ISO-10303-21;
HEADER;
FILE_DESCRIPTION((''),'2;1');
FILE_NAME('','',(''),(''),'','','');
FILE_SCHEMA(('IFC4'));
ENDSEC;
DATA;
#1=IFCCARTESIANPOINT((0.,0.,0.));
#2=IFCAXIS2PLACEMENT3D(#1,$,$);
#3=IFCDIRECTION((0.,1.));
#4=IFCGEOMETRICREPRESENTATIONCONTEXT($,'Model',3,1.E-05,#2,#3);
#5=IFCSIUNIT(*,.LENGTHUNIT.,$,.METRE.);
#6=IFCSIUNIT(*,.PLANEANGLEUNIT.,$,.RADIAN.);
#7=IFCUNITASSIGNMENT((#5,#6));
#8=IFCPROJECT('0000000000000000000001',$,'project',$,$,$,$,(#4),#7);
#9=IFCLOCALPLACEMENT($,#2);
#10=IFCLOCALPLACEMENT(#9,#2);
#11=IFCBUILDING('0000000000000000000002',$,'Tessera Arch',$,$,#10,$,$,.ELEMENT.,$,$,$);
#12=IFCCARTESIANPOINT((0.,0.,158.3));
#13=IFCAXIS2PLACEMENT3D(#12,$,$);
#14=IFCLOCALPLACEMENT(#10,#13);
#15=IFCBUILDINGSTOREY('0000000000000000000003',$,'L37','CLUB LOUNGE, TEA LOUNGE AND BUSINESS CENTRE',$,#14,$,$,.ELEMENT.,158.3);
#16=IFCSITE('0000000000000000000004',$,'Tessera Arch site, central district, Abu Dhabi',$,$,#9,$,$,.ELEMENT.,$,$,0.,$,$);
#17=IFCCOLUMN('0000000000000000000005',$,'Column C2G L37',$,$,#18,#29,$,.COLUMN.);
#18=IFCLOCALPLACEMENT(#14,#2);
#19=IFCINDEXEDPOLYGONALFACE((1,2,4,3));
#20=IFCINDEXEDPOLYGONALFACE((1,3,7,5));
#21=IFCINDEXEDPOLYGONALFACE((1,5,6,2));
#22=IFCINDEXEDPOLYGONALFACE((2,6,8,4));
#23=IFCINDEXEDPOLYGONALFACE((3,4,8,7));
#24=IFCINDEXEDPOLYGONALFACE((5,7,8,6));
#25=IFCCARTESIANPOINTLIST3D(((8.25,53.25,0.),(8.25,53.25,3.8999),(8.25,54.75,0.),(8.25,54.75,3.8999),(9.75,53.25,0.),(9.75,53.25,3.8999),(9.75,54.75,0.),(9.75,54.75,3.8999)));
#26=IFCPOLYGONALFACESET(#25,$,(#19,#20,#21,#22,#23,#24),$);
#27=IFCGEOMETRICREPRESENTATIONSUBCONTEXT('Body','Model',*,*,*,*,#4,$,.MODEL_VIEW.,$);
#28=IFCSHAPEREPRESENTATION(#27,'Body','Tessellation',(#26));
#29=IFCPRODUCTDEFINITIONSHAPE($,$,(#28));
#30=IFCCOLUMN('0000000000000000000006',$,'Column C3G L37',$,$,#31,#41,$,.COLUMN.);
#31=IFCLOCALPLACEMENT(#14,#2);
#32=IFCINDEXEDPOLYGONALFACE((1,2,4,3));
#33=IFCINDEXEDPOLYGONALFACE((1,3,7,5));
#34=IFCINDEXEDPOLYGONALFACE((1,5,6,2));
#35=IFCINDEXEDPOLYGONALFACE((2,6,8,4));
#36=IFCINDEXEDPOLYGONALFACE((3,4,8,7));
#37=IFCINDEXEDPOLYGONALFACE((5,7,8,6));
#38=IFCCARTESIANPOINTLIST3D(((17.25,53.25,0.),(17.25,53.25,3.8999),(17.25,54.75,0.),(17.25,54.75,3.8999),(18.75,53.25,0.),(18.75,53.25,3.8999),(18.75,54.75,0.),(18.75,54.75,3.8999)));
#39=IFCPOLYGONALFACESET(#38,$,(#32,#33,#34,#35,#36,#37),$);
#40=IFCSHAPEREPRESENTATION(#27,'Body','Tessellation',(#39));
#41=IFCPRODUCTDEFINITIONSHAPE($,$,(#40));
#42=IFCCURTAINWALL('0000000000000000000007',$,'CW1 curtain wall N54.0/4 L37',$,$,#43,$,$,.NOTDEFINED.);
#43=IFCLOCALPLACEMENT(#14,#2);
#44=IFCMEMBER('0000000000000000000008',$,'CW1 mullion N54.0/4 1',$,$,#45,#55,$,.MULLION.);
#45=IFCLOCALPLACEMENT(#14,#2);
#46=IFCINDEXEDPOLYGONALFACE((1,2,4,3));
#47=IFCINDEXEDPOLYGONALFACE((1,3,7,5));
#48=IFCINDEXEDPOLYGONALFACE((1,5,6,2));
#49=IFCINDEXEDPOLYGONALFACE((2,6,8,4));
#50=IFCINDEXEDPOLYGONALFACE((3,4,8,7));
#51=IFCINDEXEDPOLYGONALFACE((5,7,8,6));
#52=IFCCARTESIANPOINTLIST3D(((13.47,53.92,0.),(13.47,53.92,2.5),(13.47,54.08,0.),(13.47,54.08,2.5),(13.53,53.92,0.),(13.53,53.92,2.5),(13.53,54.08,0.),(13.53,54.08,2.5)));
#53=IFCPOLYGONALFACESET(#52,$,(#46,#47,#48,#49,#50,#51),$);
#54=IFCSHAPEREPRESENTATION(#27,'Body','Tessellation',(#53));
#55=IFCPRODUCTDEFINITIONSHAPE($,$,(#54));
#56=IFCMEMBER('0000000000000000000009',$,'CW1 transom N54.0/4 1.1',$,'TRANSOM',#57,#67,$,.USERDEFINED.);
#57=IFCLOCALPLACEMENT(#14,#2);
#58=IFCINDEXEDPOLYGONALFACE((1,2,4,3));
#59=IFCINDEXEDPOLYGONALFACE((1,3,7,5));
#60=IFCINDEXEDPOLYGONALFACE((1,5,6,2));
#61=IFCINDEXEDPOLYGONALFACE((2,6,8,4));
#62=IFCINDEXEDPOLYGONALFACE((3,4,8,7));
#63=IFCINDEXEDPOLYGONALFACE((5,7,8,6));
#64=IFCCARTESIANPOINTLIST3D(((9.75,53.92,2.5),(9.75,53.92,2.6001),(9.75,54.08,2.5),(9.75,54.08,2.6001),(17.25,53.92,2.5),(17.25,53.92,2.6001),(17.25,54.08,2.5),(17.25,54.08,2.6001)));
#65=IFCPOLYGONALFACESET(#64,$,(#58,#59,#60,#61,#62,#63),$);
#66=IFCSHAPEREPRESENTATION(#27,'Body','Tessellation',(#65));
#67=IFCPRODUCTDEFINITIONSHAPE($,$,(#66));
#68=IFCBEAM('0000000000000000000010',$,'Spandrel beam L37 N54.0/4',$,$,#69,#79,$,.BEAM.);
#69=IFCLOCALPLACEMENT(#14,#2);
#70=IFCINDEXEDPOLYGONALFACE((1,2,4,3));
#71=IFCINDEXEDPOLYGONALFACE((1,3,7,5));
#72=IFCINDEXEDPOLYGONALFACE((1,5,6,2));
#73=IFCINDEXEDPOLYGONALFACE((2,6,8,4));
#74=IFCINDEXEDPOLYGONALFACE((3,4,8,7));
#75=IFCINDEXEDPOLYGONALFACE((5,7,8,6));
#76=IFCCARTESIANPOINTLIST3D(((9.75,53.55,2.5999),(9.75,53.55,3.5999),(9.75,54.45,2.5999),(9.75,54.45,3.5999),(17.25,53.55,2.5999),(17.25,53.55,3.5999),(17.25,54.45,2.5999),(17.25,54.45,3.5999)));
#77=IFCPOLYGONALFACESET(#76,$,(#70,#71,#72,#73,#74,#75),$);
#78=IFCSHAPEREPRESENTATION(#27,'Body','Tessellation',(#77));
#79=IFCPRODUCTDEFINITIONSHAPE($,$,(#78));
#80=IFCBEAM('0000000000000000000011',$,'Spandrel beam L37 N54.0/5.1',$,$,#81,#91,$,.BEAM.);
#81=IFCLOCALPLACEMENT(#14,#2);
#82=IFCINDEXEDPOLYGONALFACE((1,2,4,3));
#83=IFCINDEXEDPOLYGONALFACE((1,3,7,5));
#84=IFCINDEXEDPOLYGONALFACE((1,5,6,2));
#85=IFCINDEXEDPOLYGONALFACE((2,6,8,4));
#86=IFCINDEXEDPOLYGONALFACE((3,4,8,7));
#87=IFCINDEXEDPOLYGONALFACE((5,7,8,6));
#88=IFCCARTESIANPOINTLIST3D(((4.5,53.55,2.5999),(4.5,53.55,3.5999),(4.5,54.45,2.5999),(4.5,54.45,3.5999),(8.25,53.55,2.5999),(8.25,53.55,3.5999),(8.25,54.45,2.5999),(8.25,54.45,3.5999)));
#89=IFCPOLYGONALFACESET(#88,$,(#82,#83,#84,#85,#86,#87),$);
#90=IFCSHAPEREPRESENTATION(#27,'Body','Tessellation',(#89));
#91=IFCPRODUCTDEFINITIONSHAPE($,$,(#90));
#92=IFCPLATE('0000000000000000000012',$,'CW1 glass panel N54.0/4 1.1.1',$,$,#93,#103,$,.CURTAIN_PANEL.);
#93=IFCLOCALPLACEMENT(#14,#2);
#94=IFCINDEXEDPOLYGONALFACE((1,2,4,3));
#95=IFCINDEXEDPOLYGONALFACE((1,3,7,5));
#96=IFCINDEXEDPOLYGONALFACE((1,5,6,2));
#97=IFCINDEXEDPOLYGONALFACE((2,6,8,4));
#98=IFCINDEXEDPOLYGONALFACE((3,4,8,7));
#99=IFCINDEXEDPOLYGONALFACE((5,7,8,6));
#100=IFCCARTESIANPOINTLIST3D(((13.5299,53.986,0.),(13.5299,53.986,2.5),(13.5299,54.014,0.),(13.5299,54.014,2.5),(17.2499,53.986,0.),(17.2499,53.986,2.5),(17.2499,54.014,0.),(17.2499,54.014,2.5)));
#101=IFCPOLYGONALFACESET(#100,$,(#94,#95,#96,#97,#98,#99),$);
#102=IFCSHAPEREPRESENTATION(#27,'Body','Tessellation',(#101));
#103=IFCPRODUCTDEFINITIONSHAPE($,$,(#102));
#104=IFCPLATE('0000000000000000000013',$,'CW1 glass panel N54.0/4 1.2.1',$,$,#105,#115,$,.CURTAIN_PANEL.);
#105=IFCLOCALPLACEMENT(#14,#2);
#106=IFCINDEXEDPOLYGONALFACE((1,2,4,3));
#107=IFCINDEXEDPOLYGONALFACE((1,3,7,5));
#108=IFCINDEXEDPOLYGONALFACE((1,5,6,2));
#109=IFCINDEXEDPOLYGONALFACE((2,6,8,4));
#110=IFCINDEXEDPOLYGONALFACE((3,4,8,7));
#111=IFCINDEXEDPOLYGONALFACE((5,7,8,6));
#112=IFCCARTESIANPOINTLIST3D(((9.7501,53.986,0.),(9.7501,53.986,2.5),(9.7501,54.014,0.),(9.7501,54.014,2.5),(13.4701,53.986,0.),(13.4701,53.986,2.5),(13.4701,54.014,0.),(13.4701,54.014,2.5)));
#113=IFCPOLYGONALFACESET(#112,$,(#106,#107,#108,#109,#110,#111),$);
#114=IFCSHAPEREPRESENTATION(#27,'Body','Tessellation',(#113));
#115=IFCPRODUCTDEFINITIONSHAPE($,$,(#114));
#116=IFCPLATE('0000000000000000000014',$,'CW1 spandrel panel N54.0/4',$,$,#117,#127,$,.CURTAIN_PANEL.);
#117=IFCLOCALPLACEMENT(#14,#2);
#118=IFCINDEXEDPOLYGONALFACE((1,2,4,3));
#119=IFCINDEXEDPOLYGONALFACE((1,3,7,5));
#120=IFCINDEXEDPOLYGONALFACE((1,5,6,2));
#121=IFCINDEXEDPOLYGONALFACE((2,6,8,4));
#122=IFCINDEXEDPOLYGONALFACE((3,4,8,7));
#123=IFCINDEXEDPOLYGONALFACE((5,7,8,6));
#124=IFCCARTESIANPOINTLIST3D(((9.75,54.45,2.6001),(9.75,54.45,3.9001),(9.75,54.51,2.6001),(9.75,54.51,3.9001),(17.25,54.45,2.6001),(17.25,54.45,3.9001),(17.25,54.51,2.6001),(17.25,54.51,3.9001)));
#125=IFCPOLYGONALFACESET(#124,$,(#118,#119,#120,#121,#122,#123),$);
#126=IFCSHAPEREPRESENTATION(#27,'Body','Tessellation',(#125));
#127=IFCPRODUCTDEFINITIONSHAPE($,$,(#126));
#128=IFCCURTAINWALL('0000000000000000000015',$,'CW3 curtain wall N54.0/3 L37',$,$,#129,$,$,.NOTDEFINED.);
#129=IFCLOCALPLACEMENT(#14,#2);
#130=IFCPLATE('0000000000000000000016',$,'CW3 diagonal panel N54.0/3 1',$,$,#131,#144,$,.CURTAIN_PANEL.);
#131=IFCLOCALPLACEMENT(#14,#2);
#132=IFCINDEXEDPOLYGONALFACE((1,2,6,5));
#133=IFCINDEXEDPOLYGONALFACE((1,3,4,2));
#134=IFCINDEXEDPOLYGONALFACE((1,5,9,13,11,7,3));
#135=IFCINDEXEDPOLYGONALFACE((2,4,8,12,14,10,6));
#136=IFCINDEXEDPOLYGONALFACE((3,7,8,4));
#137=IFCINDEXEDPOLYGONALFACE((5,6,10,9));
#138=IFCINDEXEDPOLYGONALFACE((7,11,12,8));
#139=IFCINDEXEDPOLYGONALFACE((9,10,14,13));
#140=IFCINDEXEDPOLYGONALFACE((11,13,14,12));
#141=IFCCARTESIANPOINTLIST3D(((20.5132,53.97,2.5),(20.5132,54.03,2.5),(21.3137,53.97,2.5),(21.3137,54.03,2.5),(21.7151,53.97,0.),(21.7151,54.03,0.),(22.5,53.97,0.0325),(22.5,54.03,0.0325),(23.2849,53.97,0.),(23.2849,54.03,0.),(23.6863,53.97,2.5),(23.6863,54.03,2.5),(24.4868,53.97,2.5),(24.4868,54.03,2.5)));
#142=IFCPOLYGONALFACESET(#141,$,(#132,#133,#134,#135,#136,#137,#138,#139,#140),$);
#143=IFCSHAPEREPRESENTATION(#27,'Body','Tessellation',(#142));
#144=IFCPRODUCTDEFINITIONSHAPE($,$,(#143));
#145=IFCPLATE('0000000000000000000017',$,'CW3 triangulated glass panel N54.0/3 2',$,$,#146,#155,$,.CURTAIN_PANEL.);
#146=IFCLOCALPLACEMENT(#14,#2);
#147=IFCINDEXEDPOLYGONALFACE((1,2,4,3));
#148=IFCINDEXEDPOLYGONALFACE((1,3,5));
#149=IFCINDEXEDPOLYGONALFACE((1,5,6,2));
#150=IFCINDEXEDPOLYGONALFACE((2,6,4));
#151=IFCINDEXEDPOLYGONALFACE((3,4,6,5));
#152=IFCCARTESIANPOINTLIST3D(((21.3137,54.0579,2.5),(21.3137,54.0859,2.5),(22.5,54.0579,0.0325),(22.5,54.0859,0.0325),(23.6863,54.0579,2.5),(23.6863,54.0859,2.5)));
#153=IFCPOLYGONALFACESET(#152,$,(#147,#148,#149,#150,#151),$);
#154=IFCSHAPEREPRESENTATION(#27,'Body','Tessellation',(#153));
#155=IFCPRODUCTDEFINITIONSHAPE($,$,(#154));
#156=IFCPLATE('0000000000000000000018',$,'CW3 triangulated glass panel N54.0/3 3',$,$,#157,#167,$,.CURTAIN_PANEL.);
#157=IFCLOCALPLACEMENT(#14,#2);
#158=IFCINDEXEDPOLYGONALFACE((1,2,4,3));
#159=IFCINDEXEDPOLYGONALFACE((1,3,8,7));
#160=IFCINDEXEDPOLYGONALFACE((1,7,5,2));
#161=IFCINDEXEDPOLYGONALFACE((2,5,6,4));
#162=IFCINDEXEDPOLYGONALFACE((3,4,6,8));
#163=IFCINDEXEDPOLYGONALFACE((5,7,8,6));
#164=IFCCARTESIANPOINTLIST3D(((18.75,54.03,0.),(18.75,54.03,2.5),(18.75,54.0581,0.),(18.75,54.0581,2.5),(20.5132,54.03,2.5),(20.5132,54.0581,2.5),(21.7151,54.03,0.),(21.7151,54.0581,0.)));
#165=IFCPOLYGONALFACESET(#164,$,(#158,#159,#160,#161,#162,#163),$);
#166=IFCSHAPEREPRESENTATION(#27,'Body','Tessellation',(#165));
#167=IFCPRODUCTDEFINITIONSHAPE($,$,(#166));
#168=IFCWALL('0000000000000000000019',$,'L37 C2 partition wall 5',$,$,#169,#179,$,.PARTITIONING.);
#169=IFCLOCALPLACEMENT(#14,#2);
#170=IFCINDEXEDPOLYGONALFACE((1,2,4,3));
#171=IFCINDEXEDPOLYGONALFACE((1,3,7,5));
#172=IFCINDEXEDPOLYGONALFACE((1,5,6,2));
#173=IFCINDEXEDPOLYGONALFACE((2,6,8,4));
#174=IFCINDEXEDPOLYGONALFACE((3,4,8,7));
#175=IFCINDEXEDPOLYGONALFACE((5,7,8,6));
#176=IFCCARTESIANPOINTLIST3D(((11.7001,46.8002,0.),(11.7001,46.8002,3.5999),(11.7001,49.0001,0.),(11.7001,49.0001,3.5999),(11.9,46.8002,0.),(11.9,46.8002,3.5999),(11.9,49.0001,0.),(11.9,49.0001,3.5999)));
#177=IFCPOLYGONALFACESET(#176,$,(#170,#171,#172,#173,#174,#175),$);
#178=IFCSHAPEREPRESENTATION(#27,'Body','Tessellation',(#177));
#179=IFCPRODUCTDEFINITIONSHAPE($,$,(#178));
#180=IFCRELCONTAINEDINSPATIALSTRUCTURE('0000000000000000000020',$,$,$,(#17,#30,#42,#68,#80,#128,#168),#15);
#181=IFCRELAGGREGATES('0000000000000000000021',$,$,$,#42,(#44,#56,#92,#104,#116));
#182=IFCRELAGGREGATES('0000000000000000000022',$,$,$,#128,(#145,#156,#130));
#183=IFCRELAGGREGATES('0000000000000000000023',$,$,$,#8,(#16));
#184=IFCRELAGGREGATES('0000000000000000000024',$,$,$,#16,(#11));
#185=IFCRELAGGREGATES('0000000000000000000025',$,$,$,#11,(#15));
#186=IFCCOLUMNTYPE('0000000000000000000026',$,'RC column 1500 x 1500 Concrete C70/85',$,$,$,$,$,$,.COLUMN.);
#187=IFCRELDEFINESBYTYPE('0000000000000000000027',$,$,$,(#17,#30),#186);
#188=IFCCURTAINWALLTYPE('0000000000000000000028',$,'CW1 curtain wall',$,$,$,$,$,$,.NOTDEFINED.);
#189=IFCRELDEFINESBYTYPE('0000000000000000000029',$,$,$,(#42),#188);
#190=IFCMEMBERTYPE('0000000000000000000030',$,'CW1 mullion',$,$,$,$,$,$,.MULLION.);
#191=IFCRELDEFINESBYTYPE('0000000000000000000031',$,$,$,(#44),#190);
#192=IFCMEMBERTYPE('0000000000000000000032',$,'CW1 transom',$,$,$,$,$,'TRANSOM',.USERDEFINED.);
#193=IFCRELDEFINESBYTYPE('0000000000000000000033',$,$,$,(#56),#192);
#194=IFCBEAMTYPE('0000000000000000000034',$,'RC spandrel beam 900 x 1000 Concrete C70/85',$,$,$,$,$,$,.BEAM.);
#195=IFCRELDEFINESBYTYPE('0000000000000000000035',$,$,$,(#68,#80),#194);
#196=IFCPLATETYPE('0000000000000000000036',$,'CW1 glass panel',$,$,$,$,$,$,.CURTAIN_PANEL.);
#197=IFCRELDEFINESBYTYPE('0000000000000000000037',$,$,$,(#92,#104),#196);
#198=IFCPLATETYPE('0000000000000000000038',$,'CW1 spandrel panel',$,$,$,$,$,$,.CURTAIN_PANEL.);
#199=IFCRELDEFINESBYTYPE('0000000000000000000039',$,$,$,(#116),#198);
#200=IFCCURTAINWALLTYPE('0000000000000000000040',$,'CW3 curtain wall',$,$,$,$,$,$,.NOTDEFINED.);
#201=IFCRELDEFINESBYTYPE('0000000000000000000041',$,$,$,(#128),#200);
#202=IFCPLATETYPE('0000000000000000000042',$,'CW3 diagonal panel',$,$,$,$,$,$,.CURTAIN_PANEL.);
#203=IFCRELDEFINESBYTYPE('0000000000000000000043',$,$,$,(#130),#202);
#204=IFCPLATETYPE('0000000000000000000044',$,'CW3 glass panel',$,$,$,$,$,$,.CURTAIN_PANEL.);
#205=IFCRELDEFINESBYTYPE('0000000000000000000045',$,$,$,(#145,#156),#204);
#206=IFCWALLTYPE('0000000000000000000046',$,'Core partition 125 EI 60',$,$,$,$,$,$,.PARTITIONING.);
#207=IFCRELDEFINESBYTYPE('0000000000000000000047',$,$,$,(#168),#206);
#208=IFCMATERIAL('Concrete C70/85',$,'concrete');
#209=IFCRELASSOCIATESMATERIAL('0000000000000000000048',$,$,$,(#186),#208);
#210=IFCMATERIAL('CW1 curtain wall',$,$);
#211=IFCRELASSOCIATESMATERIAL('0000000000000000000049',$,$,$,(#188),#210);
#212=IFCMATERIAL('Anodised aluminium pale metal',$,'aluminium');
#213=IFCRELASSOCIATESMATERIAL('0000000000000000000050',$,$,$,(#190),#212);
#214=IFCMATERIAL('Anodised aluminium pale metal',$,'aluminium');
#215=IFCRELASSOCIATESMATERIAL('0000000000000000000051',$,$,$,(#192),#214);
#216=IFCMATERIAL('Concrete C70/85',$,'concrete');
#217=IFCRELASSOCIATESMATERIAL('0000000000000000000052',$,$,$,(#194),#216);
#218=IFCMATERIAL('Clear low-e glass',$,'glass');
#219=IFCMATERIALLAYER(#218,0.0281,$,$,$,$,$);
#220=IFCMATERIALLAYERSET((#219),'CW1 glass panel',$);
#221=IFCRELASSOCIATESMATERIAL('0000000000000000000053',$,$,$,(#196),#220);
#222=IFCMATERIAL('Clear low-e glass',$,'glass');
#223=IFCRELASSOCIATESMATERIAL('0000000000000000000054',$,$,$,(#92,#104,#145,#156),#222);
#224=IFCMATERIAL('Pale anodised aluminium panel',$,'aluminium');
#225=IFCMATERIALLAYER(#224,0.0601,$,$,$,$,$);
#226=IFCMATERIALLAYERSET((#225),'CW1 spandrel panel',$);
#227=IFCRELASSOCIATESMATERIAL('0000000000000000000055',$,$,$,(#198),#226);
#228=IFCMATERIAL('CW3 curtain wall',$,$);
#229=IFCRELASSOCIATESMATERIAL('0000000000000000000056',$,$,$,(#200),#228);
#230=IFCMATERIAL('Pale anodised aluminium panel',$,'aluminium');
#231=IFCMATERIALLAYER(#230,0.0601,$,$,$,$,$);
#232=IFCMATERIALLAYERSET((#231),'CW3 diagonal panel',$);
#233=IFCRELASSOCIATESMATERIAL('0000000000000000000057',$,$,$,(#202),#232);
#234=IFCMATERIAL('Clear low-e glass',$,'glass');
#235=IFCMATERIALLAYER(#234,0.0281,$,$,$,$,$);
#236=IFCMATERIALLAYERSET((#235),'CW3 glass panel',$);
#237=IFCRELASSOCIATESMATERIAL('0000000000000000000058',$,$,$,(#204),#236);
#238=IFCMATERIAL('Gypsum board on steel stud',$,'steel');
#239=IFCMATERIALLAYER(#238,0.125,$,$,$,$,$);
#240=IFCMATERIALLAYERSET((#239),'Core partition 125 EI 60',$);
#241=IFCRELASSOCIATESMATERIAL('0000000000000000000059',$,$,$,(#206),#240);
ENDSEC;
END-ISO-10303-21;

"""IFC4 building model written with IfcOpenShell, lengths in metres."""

from ifc_helpers import new_model, si_unit, direction, frame, frame_2d, origin, origin_2d, place, context, subcontext, project, spatial, polyline, rectangle, outline, extrude, material, layer, layer_set, material_profile, profile_set, type_object, element, aggregate, save


model = new_model("IFC4")

# Units and contexts
model_context = context("Model", 3, precision=1e-05, world=origin(), true_north=direction((0.0, 1.0)))
body_context = subcontext(model_context, "Body", "Model", "MODEL_VIEW")
ifc_project = project(units=[si_unit("LENGTHUNIT", "METRE"), si_unit("PLANEANGLEUNIT", "RADIAN")], contexts=[model_context])

# Site, building, storey
site_placement = place(None, origin())
site = spatial("IfcSite", under=ifc_project, at=site_placement, Name="Tessera Arch site, central district, Abu Dhabi", CompositionType="ELEMENT", RefElevation=0.0)
building_placement = place(site_placement, origin())
building = spatial("IfcBuilding", under=site, at=building_placement, Name="Tessera Arch", CompositionType="ELEMENT")
storey_placement = place(building_placement, frame((0.0, 0.0, 158.3)))
storey = spatial("IfcBuildingStorey", under=building, at=storey_placement, Name="L37", Description="CLUB LOUNGE, TEA LOUNGE AND BUSINESS CENTRE", CompositionType="ELEMENT", Elevation=158.3)

# Columns
ifc_material_1 = material(Name="Concrete C70/85", Category="concrete")
ifc_material_profile_1 = material_profile(ifc_material_1, rectangle(XDim=1.5, YDim=1.5, at=origin_2d()), Name="RC column 1500 x 1500 Concrete C70/85")
ifc_profile_set_1 = profile_set([ifc_material_profile_1], Name="Concrete C70/85")
column_type = type_object("IfcColumnType", Name="RC column 1500 x 1500 Concrete C70/85", PredefinedType="COLUMN", material=ifc_profile_set_1)
for number, where, z_axis, x_axis, name in (
    (1, (9.0, 54.0, 0.0), (0.0, 0.0, 1.0), (1.0, 0.0, 0.0), "Column C2G L37"),
    (2, (18.0, 54.0, 0.0), (0.0, 0.0, 1.0), (1.0, 0.0, 0.0), "Column C3G L37"),
):
    element("IfcColumn", number, at=place(storey_placement, frame(where, z_axis=z_axis, x_axis=x_axis)), inside=storey, type_object=column_type, Name=name, PredefinedType="COLUMN", context=body_context, shape_type="SweptSolid", body=[
        extrude(rectangle(XDim=1.5, YDim=1.5, at=origin_2d()), origin(), (0.0, 0.0, 1.0), 3.8999),
    ])

# Curtain wall, members
ifc_material_2 = material(Name="CW1 curtain wall")
curtain_wall_type_1 = type_object("IfcCurtainWallType", Name="CW1 curtain wall", PredefinedType="NOTDEFINED", material=ifc_material_2)
curtain_wall_1_placement = place(storey_placement, origin())
curtain_wall_1 = element("IfcCurtainWall", 3, at=curtain_wall_1_placement, inside=storey, type_object=curtain_wall_type_1, Name="CW1 curtain wall N54.0/4 L37", PredefinedType="NOTDEFINED")
ifc_material_3 = material(Name="Anodised aluminium pale metal", Category="aluminium")
ifc_material_profile_2 = material_profile(ifc_material_3, rectangle(XDim=0.1599, YDim=0.0601, at=origin_2d()), Name="AL 60x160")
ifc_profile_set_2 = profile_set([ifc_material_profile_2], Name="Anodised aluminium pale metal")
member_type_1 = type_object("IfcMemberType", Name="CW1 mullion", PredefinedType="MULLION", material=ifc_profile_set_2)
member_1_placement = place(storey_placement, frame((13.5, 54.0, 0.0), z_axis=(0.0, 0.0, 1.0), x_axis=(0.0, -1.0, 0.0)))
member_1 = element("IfcMember", 4, at=member_1_placement, type_object=member_type_1, Name="CW1 mullion N54.0/4 1", PredefinedType="MULLION", context=body_context, shape_type="SweptSolid", body=[
    extrude(rectangle(XDim=0.1599, YDim=0.0601, at=origin_2d()), origin(), (0.0, 0.0, 1.0), 2.5),
])
ifc_material_4 = material(Name="Anodised aluminium pale metal", Category="aluminium")
ifc_material_profile_3 = material_profile(ifc_material_4, rectangle(XDim=0.1599, YDim=0.1001, at=origin_2d()), Name="AL 160x100")
ifc_profile_set_3 = profile_set([ifc_material_profile_3], Name="Anodised aluminium pale metal")
member_type_2 = type_object("IfcMemberType", Name="CW1 transom", ElementType="TRANSOM", PredefinedType="USERDEFINED", material=ifc_profile_set_3)
member_2_placement = place(storey_placement, frame((17.25, 54.0, 2.55), z_axis=(-1.0, 0.0, 0.0), x_axis=(0.0, -1.0, 0.0)))
member_2 = element("IfcMember", 5, at=member_2_placement, type_object=member_type_2, Name="CW1 transom N54.0/4 1.1", ObjectType="TRANSOM", PredefinedType="USERDEFINED", context=body_context, shape_type="SweptSolid", body=[
    extrude(rectangle(XDim=0.1599, YDim=0.1001, at=origin_2d()), origin(), (0.0, 0.0, 1.0), 7.5),
])

# Beams
ifc_material_5 = material(Name="Concrete C70/85", Category="concrete")
ifc_material_profile_4 = material_profile(ifc_material_5, rectangle(XDim=0.8999, YDim=1.0, at=origin_2d()), Name="RC spandrel beam 900 x 1000 Concrete C70/85")
ifc_profile_set_4 = profile_set([ifc_material_profile_4], Name="Concrete C70/85")
beam_type = type_object("IfcBeamType", Name="RC spandrel beam 900 x 1000 Concrete C70/85", PredefinedType="BEAM", material=ifc_profile_set_4)
beam_1_placement = place(storey_placement, frame((17.25, 54.0, 3.0999), z_axis=(-1.0, 0.0, 0.0), x_axis=(0.0, -1.0, 0.0)))
element("IfcBeam", 6, at=beam_1_placement, inside=storey, type_object=beam_type, Name="Spandrel beam L37 N54.0/4", PredefinedType="BEAM", context=body_context, shape_type="SweptSolid", body=[
    extrude(rectangle(XDim=0.8999, YDim=1.0, at=origin_2d()), origin(), (0.0, 0.0, 1.0), 7.5),
])
beam_2_placement = place(storey_placement, frame((8.25, 54.0, 3.0999), z_axis=(-1.0, 0.0, 0.0), x_axis=(0.0, -1.0, 0.0)))
element("IfcBeam", 7, at=beam_2_placement, inside=storey, type_object=beam_type, Name="Spandrel beam L37 N54.0/5.1", PredefinedType="BEAM", context=body_context, shape_type="SweptSolid", body=[
    extrude(rectangle(XDim=0.8999, YDim=1.0, at=origin_2d()), origin(), (0.0, 0.0, 1.0), 3.75),
])

# Plates
ifc_material_6 = material(Name="Clear low-e glass", Category="glass")
ifc_material_7 = material(Name="Clear low-e glass", Category="glass")
ifc_layer_1 = layer(ifc_material_7, 0.0281)
ifc_layer_set_1 = layer_set([ifc_layer_1], Name="CW1 glass panel")
plate_type_1 = type_object("IfcPlateType", Name="CW1 glass panel", PredefinedType="CURTAIN_PANEL", material=ifc_layer_set_1)
plate_1_placement = place(storey_placement, frame((15.3899, 54.0, 0.0), z_axis=(0.0, 0.0, 1.0), x_axis=(-1.0, 0.0, 0.0)))
plate_1 = element("IfcPlate", 8, at=plate_1_placement, type_object=plate_type_1, material=ifc_material_6, Name="CW1 glass panel N54.0/4 1.1.1", PredefinedType="CURTAIN_PANEL", context=body_context, shape_type="SweptSolid", body=[
    extrude(rectangle(XDim=3.72, YDim=0.0281, at=origin_2d()), origin(), (0.0, 0.0, 1.0), 2.5),
])
plate_2_placement = place(storey_placement, frame((11.6101, 54.0, 0.0), z_axis=(0.0, 0.0, 1.0), x_axis=(-1.0, 0.0, 0.0)))
plate_2 = element("IfcPlate", 9, at=plate_2_placement, type_object=plate_type_1, material=ifc_material_6, Name="CW1 glass panel N54.0/4 1.2.1", PredefinedType="CURTAIN_PANEL", context=body_context, shape_type="SweptSolid", body=[
    extrude(rectangle(XDim=3.72, YDim=0.0281, at=origin_2d()), origin(), (0.0, 0.0, 1.0), 2.5),
])
ifc_material_8 = material(Name="Pale anodised aluminium panel", Category="aluminium")
ifc_layer_2 = layer(ifc_material_8, 0.0601)
ifc_layer_set_2 = layer_set([ifc_layer_2], Name="CW1 spandrel panel")
plate_type_2 = type_object("IfcPlateType", Name="CW1 spandrel panel", PredefinedType="CURTAIN_PANEL", material=ifc_layer_set_2)
plate_3_placement = place(storey_placement, frame((13.5, 54.48, 2.6001), z_axis=(0.0, 0.0, 1.0), x_axis=(-1.0, 0.0, 0.0)))
plate_3 = element("IfcPlate", 10, at=plate_3_placement, type_object=plate_type_2, Name="CW1 spandrel panel N54.0/4", PredefinedType="CURTAIN_PANEL", context=body_context, shape_type="SweptSolid", body=[
    extrude(rectangle(XDim=7.5, YDim=0.0601, at=origin_2d()), origin(), (0.0, 0.0, 1.0), 1.3),
])
aggregate(curtain_wall_1, [member_1, member_2, plate_1, plate_2, plate_3])

# Curtain wall, plates
ifc_material_9 = material(Name="CW3 curtain wall")
curtain_wall_type_2 = type_object("IfcCurtainWallType", Name="CW3 curtain wall", PredefinedType="NOTDEFINED", material=ifc_material_9)
curtain_wall_2_placement = place(storey_placement, origin())
curtain_wall_2 = element("IfcCurtainWall", 11, at=curtain_wall_2_placement, inside=storey, type_object=curtain_wall_type_2, Name="CW3 curtain wall N54.0/3 L37", PredefinedType="NOTDEFINED")
ifc_material_10 = material(Name="Pale anodised aluminium panel", Category="aluminium")
ifc_layer_3 = layer(ifc_material_10, 0.0601)
ifc_layer_set_3 = layer_set([ifc_layer_3], Name="CW3 diagonal panel")
plate_type_3 = type_object("IfcPlateType", Name="CW3 diagonal panel", PredefinedType="CURTAIN_PANEL", material=ifc_layer_set_3)
plate_4_placement = place(storey_placement, frame((20.5132, 54.03, 2.5), z_axis=(0.0, 1.0, 0.0), x_axis=(1.0, 0.0, 0.0)))
plate_4 = element("IfcPlate", 12, at=plate_4_placement, type_object=plate_type_3, Name="CW3 diagonal panel N54.0/3 1", PredefinedType="CURTAIN_PANEL", context=body_context, shape_type="SweptSolid", body=[
    extrude(outline(polyline([(0.0, 0.0), (0.8005, 0.0), (1.9868, 2.4675), (3.1731, 0.0), (3.9736, 0.0), (2.7717, 2.5), (1.2019, 2.5), (0.0, 0.0)])), origin(), (0.0, 0.0, -1.0), 0.0601),
])
ifc_material_11 = material(Name="Clear low-e glass", Category="glass")
ifc_layer_4 = layer(ifc_material_11, 0.0281)
ifc_layer_set_4 = layer_set([ifc_layer_4], Name="CW3 glass panel")
plate_type_4 = type_object("IfcPlateType", Name="CW3 glass panel", PredefinedType="CURTAIN_PANEL", material=ifc_layer_set_4)
plate_5_placement = place(storey_placement, frame((21.3137, 54.0859, 2.5), z_axis=(0.0, 1.0, 0.0), x_axis=(1.0, 0.0, 0.0)))
plate_5 = element("IfcPlate", 13, at=plate_5_placement, type_object=plate_type_4, material=ifc_material_6, Name="CW3 triangulated glass panel N54.0/3 2", PredefinedType="CURTAIN_PANEL", context=body_context, shape_type="SweptSolid", body=[
    extrude(outline(polyline([(0.0, 0.0), (2.3726, 0.0), (1.1863, 2.4675), (0.0, 0.0)])), origin(), (0.0, 0.0, -1.0), 0.0281),
])
plate_6_placement = place(storey_placement, frame((18.75, 54.0581, 2.5), z_axis=(0.0, 1.0, 0.0), x_axis=(1.0, 0.0, 0.0)))
plate_6 = element("IfcPlate", 14, at=plate_6_placement, type_object=plate_type_4, material=ifc_material_6, Name="CW3 triangulated glass panel N54.0/3 3", PredefinedType="CURTAIN_PANEL", context=body_context, shape_type="SweptSolid", body=[
    extrude(outline(polyline([(0.0, 0.0), (1.7632, 0.0), (2.9651, 2.5), (0.0, 2.5), (0.0, 0.0)])), origin(), (0.0, 0.0, -1.0), 0.0281),
])
aggregate(curtain_wall_2, [plate_5, plate_6, plate_4])

# Wall
ifc_material_12 = material(Name="Gypsum board on steel stud", Category="steel")
ifc_layer_5 = layer(ifc_material_12, 0.125)
ifc_layer_set_5 = layer_set([ifc_layer_5], Name="Core partition 125 EI 60")
wall_type_1 = type_object("IfcWallType", Name="Core partition 125 EI 60", PredefinedType="PARTITIONING", material=ifc_layer_set_5)
wall_1_placement = place(storey_placement, frame((11.8, 46.8, 0.0), z_axis=(0.0, 0.0, 1.0), x_axis=(0.0, 1.0, 0.0)))
element("IfcWall", 15, at=wall_1_placement, inside=storey, type_object=wall_type_1, Name="L37 C2 partition wall 5", PredefinedType="PARTITIONING", context=body_context, shape_type="SweptSolid", body=[
    extrude(rectangle(XDim=2.2, YDim=0.2, at=frame_2d((1.1001, 0.0))), origin(), (0.0, 0.0, 1.0), 3.5999),
])

save(model, "model.ifc")
